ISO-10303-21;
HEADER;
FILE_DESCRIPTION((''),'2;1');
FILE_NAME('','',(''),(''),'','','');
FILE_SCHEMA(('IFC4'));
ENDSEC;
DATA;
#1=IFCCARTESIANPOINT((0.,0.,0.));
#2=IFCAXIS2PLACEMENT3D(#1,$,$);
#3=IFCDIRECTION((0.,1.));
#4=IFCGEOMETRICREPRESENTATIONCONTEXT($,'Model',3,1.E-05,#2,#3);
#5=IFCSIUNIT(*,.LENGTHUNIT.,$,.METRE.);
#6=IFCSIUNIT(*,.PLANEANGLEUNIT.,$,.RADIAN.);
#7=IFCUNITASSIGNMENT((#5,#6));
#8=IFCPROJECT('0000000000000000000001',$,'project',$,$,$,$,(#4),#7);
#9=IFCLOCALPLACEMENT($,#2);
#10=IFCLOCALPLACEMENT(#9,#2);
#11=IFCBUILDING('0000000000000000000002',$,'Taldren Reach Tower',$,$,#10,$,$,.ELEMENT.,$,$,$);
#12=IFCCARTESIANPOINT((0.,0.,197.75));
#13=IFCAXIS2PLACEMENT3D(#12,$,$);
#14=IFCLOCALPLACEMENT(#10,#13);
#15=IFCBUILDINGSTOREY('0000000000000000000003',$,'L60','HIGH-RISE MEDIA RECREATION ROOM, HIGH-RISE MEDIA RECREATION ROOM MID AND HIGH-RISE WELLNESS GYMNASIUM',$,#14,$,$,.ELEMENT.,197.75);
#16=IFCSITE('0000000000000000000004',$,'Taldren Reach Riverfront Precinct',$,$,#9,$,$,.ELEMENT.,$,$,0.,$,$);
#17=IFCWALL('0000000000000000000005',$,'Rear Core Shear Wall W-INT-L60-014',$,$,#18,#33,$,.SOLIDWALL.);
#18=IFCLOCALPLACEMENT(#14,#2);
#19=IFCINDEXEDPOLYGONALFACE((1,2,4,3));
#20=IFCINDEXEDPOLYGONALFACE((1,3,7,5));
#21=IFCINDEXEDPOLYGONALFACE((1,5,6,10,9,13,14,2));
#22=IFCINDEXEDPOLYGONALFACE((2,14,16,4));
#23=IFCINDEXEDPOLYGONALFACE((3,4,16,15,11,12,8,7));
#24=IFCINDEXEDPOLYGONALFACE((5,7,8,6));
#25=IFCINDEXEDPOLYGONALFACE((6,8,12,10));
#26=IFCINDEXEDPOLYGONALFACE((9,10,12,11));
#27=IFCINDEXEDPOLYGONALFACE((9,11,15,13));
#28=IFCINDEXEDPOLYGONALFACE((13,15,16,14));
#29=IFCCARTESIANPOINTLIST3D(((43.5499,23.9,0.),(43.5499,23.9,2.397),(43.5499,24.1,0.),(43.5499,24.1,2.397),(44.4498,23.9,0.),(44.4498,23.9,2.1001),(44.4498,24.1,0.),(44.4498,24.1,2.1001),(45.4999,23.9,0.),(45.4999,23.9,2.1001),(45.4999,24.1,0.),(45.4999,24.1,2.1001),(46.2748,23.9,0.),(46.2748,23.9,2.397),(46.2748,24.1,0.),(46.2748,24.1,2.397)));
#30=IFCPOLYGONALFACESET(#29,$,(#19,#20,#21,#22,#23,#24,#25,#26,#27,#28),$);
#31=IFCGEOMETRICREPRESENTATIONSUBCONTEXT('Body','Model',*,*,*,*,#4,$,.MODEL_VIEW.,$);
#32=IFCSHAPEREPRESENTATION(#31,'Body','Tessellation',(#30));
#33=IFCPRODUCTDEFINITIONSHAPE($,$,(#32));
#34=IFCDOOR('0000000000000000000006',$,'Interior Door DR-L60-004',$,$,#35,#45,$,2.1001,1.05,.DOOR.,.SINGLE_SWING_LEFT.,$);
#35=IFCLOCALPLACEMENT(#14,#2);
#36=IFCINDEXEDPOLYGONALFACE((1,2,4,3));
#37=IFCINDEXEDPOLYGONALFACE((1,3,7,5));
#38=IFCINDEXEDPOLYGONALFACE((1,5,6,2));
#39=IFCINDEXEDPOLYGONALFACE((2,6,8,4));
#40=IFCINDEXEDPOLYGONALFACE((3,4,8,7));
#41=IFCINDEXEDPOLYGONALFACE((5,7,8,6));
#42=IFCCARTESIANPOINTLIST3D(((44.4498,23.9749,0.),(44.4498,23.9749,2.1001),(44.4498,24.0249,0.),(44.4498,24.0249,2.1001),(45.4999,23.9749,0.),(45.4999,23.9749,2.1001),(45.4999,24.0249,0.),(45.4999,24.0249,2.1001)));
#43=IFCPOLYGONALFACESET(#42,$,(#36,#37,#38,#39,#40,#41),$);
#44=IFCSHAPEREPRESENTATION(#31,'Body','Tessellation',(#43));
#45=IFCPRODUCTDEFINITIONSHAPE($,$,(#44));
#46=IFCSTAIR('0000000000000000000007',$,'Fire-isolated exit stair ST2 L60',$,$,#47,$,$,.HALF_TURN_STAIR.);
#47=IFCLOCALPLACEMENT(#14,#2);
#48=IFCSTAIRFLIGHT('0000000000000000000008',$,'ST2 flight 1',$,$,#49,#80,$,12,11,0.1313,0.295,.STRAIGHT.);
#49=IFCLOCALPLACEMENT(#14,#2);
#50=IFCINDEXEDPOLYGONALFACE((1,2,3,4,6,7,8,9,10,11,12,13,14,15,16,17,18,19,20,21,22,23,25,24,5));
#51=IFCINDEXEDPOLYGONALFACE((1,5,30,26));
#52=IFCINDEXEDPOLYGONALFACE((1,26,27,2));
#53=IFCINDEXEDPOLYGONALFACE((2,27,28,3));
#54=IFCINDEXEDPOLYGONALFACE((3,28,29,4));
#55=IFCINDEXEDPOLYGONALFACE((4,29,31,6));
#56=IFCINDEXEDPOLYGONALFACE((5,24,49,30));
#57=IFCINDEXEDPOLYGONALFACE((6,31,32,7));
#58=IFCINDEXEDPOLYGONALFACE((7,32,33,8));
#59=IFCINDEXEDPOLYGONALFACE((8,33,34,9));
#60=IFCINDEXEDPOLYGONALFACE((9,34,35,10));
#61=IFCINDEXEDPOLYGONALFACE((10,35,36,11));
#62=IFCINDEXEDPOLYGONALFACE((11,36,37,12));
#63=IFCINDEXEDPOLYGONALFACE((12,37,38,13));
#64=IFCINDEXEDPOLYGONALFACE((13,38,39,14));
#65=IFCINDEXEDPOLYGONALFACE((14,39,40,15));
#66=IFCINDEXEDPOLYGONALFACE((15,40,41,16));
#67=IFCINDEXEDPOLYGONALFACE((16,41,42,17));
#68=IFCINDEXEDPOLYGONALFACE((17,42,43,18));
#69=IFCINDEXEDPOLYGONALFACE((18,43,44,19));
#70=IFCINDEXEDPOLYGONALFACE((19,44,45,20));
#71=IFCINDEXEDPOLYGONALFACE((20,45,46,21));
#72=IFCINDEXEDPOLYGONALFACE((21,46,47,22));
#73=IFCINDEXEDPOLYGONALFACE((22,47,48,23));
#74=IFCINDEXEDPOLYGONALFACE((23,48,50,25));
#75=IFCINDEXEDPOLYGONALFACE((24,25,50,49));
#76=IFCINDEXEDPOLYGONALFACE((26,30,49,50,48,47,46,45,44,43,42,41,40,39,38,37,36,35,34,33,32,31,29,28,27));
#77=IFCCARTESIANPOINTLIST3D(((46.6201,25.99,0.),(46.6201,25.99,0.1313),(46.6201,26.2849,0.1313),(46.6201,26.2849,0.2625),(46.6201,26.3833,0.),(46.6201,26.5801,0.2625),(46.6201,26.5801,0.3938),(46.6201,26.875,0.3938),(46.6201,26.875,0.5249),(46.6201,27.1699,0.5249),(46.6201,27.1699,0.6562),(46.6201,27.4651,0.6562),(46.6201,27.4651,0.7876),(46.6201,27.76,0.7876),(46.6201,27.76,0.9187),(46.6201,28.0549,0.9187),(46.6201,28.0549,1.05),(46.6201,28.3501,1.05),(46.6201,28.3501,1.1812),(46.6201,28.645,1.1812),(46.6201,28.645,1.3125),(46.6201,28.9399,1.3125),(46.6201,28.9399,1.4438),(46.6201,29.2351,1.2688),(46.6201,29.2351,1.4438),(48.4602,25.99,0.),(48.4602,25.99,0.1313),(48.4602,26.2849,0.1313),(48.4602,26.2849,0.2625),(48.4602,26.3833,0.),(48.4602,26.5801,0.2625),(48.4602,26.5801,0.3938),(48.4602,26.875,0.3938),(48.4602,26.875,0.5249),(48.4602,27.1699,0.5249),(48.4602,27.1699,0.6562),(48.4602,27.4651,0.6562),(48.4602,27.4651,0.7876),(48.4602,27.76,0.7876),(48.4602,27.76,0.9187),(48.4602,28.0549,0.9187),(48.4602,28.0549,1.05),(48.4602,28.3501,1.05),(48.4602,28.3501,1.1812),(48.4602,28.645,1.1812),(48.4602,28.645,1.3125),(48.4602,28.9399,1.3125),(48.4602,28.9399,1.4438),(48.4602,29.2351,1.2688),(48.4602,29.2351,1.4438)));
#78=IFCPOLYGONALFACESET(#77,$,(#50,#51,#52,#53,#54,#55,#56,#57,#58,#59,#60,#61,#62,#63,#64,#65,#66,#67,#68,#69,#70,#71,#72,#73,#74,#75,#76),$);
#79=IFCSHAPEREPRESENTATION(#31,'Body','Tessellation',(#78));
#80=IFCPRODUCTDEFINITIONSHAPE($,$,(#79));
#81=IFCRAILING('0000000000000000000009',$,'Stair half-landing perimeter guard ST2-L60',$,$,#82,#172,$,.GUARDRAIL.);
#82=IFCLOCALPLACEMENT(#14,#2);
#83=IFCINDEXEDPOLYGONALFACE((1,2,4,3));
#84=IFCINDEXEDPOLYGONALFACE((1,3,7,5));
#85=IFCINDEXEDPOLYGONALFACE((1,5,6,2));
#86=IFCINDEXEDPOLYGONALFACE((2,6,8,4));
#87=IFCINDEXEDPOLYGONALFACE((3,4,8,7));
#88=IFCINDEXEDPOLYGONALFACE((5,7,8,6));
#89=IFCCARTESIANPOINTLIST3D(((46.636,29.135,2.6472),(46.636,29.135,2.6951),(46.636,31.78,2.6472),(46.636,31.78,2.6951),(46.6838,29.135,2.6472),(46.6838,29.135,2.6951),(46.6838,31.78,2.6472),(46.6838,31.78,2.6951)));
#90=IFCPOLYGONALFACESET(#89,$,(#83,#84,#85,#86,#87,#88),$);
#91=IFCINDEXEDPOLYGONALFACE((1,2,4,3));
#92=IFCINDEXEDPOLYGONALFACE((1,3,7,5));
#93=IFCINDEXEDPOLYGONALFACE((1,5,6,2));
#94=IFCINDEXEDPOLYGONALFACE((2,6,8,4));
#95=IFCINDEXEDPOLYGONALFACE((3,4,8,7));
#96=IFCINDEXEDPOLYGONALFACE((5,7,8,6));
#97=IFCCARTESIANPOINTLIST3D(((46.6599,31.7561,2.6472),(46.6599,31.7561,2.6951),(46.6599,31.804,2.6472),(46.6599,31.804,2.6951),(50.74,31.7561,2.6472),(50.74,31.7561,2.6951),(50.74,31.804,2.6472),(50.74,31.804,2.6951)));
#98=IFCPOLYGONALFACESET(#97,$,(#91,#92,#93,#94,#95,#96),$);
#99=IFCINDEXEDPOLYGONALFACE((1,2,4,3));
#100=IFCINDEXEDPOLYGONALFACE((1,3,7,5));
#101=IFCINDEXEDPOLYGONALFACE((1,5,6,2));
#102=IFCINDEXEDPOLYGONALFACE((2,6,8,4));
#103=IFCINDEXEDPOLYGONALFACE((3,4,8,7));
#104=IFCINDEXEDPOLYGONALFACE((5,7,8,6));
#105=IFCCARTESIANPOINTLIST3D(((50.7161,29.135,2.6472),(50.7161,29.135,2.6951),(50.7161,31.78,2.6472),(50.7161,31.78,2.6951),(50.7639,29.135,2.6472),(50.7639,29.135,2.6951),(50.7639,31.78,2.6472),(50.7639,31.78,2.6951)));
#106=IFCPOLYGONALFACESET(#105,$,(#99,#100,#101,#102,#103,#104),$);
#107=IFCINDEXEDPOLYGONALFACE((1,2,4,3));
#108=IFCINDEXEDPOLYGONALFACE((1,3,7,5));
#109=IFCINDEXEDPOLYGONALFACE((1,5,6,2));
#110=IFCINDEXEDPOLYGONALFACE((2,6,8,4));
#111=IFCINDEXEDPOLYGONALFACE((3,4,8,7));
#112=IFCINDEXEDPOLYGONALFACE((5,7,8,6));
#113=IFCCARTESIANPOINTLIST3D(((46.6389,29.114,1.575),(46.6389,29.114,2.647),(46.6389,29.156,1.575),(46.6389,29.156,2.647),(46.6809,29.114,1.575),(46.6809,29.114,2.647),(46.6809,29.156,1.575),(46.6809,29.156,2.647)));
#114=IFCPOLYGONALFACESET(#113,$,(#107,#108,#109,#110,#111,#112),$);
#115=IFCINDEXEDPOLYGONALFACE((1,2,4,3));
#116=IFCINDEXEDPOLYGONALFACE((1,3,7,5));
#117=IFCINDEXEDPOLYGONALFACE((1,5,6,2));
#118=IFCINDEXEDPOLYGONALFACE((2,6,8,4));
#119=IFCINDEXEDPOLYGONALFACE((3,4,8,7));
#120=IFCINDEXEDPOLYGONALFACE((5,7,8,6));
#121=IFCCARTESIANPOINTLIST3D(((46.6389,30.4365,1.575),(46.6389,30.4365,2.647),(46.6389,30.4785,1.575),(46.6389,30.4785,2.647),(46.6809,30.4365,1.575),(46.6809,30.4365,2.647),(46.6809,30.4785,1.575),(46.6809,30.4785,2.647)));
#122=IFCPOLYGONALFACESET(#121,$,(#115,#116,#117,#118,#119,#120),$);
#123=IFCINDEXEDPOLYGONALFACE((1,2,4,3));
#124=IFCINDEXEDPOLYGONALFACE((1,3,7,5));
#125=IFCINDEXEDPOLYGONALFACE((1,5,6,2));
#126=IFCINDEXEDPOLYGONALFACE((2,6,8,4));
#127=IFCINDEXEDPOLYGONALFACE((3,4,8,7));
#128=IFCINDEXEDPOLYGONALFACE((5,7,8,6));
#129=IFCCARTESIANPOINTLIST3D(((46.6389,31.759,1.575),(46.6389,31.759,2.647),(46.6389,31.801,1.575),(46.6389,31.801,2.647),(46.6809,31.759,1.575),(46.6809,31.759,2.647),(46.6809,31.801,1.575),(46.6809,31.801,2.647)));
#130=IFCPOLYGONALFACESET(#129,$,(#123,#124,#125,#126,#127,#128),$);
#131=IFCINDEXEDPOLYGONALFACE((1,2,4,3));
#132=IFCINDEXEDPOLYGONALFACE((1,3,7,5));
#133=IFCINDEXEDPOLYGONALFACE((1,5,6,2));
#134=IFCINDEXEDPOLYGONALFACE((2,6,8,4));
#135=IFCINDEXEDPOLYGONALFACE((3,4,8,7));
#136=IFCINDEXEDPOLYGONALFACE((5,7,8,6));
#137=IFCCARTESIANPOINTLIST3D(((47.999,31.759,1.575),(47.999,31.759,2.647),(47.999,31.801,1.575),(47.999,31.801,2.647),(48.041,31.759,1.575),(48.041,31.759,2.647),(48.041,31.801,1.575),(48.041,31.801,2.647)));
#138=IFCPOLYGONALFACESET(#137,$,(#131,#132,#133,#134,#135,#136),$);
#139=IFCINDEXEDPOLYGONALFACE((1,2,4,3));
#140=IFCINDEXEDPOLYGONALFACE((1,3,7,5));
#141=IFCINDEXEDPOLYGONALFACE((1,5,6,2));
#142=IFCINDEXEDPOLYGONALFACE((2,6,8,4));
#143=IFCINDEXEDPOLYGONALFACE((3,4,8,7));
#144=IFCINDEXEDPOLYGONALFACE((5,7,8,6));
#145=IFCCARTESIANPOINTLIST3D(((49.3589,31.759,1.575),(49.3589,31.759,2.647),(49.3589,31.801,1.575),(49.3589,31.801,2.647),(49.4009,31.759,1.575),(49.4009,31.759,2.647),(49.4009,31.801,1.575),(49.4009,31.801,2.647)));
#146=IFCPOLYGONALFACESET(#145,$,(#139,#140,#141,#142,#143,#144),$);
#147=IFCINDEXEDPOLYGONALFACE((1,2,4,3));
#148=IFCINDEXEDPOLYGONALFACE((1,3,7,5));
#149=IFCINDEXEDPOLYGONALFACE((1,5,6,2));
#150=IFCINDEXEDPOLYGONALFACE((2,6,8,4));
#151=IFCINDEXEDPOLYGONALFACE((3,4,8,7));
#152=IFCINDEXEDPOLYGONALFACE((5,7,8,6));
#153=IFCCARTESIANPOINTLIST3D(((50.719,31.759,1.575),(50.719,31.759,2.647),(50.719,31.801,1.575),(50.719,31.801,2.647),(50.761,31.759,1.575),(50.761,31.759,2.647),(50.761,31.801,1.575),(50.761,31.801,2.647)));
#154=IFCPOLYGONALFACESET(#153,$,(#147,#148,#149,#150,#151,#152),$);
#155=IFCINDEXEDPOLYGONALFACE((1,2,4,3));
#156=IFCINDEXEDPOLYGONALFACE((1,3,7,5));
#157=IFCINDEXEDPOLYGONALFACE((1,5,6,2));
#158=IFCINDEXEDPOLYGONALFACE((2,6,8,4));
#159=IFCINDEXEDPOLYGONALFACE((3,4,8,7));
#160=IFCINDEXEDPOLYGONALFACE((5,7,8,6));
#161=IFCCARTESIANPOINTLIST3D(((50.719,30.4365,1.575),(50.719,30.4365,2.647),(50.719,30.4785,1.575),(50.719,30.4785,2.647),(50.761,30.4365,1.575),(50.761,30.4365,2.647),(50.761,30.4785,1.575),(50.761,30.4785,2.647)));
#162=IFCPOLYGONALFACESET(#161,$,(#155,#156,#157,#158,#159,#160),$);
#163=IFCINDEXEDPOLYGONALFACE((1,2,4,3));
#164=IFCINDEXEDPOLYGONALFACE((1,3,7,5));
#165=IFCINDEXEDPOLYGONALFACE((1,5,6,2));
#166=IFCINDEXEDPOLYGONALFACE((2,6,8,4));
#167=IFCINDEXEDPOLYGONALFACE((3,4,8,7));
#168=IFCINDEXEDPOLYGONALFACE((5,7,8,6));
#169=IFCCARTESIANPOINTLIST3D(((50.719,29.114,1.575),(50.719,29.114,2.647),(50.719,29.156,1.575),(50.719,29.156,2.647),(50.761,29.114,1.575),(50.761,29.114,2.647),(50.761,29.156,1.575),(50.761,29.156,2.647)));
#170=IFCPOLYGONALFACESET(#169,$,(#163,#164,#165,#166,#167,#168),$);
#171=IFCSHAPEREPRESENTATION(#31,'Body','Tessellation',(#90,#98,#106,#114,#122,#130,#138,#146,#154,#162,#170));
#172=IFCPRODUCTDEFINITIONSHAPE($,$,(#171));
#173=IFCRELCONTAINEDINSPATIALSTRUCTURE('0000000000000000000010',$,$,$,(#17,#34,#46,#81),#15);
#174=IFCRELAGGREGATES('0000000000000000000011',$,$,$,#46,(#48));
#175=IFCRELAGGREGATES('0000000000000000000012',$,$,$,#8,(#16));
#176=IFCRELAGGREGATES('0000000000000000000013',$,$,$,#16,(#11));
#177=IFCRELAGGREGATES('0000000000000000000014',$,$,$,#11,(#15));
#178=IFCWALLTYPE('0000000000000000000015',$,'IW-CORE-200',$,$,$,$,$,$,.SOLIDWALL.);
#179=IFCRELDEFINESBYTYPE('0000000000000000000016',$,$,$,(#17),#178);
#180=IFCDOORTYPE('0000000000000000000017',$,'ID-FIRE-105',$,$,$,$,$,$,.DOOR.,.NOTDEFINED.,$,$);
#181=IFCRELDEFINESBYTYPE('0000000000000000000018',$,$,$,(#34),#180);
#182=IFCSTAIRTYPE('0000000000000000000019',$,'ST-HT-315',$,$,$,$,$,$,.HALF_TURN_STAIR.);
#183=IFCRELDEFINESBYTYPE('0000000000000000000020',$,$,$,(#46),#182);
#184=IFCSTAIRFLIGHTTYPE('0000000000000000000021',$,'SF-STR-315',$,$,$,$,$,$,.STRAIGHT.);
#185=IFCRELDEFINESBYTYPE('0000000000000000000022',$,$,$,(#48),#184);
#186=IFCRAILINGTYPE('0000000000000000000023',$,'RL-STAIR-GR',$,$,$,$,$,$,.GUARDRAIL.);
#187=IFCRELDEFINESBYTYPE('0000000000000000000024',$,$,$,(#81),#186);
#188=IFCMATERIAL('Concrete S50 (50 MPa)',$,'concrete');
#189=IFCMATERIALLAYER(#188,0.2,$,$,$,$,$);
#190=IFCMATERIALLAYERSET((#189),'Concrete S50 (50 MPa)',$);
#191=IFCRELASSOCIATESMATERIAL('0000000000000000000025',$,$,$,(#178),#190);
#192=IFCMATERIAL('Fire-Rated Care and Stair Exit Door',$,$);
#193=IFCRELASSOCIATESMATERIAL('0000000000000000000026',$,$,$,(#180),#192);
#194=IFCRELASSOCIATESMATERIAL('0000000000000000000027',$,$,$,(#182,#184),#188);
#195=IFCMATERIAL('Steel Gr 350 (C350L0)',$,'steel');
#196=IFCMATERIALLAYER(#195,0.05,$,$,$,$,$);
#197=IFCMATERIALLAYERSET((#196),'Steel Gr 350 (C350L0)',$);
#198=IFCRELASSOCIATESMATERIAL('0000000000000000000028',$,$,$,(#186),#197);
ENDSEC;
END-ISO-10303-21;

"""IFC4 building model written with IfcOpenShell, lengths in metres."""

from ifc_helpers import new_model, si_unit, direction, frame, frame_2d, origin, origin_2d, place, context, subcontext, project, spatial, polyline, rectangle, outline, extrude, source, transform, mapped, material, layer, layer_set, type_object, element, fill, aggregate, save


model = new_model("IFC4")

# Units and contexts
model_context = context("Model", 3, precision=1e-05, world=origin(), true_north=direction((0.0, 1.0)))
body_context = subcontext(model_context, "Body", "Model", "MODEL_VIEW")
ifc_project = project(units=[si_unit("LENGTHUNIT", "METRE"), si_unit("PLANEANGLEUNIT", "RADIAN")], contexts=[model_context])

# Site, building, storey
site_placement = place(None, origin())
site = spatial("IfcSite", under=ifc_project, at=site_placement, Name="Taldren Reach Riverfront Precinct", CompositionType="ELEMENT", RefElevation=0.0)
building_placement = place(site_placement, origin())
building = spatial("IfcBuilding", under=site, at=building_placement, Name="Taldren Reach Tower", CompositionType="ELEMENT")
storey_placement = place(building_placement, frame((0.0, 0.0, 197.75)))
storey = spatial("IfcBuildingStorey", under=building, at=storey_placement, Name="L60", Description="HIGH-RISE MEDIA RECREATION ROOM, HIGH-RISE MEDIA RECREATION ROOM MID AND HIGH-RISE WELLNESS GYMNASIUM", CompositionType="ELEMENT", Elevation=197.75)

# Shared definitions
ifc_material_1 = material(Name="Steel Gr 350 (C350L0)", Category="steel")

# Shared definitions
ifc_material_2 = material(Name="Concrete S50 (50 MPa)", Category="concrete")
ifc_layer_1 = layer(ifc_material_2, 0.2)
ifc_layer_set_1 = layer_set([ifc_layer_1], Name="Concrete S50 (50 MPa)")
wall_type_1 = type_object("IfcWallType", Name="IW-CORE-200", PredefinedType="SOLIDWALL", material=ifc_layer_set_1)
shared_shape_1 = source(origin(), body_context, "Body", "SweptSolid", [
    extrude(rectangle(XDim=1.05, YDim=2.1001, at=frame_2d((0.5249, 1.05))), frame((0.0, 0.1099, 0.0), z_axis=(0.0, -1.0, 0.0), x_axis=(1.0, 0.0, 0.0)), (0.0, 0.0, 1.0), 0.22),
])
ifc_material_3 = material(Name="Fire-Rated Care and Stair Exit Door")
door_type_1 = type_object("IfcDoorType", Name="ID-FIRE-105", OperationType="NOTDEFINED", PredefinedType="DOOR", material=ifc_material_3)
shared_shape_2 = source(origin(), body_context, "Body", "SweptSolid", [
    extrude(rectangle(XDim=1.05, YDim=2.1001, at=frame_2d((0.5249, 1.05))), frame((0.0, 0.0249, 0.0), z_axis=(0.0, -1.0, 0.0), x_axis=(1.0, 0.0, 0.0)), (0.0, 0.0, 1.0), 0.05),
])

# Wall, opening, door
shared_shape_3 = source(origin(), body_context, "Body", "SweptSolid", [
    extrude(rectangle(XDim=2.7249, YDim=0.2, at=frame_2d((1.3623, 0.0))), origin(), (0.0, 0.0, 1.0), 2.397),
])
wall_1_placement = place(storey_placement, frame((43.55, 24.0, 0.0), z_axis=(0.0, 0.0, 1.0), x_axis=(1.0, 0.0, 0.0)))
wall_1 = element("IfcWall", 1, at=wall_1_placement, inside=storey, type_object=wall_type_1, Name="Rear Core Shear Wall W-INT-L60-014", PredefinedType="SOLIDWALL", context=body_context, shape_type="MappedRepresentation", body=[
    mapped(shared_shape_3, transform((0.0, 0.0, 0.0), scale=1.0)),
])
opening_1_placement = place(wall_1_placement, frame((0.8999, 0.0, 0.0)))
opening_1 = element("IfcOpeningElement", 2, at=opening_1_placement, cuts=wall_1, PredefinedType="OPENING", context=body_context, shape_type="MappedRepresentation", body=[
    mapped(shared_shape_1, transform((0.0, 0.0, 0.0), scale=1.0)),
])
door_1_placement = place(opening_1_placement, origin())
door_1 = element("IfcDoor", 3, at=door_1_placement, inside=storey, type_object=door_type_1, Name="Interior Door DR-L60-004", OperationType="SINGLE_SWING_LEFT", OverallHeight=2.1001, OverallWidth=1.05, PredefinedType="DOOR", context=body_context, shape_type="MappedRepresentation", body=[
    mapped(shared_shape_2, transform((0.0, 0.0, 0.0), scale=1.0)),
])
fill(opening_1, door_1)

# Stair, stair flight
stair_type = type_object("IfcStairType", Name="ST-HT-315", PredefinedType="HALF_TURN_STAIR", material=ifc_material_2)
stair_placement = place(storey_placement, origin())
stair = element("IfcStair", 4, at=stair_placement, inside=storey, type_object=stair_type, Name="Fire-isolated exit stair ST2 L60", PredefinedType="HALF_TURN_STAIR")
stair_flight_type = type_object("IfcStairFlightType", Name="SF-STR-315", PredefinedType="STRAIGHT", material=ifc_material_2)
stair_flight_placement = place(storey_placement, frame((47.54, 25.99, 0.0), z_axis=(0.0, 0.0, 1.0), x_axis=(0.0, 1.0, 0.0)))
stair_flight = element("IfcStairFlight", 5, at=stair_flight_placement, type_object=stair_flight_type, Name="ST2 flight 1", NumberOfRisers=12, NumberOfTreads=11, PredefinedType="STRAIGHT", RiserHeight=0.1313, TreadLength=0.295, context=body_context, shape_type="SweptSolid", body=[
    extrude(outline(polyline([(0.0, 0.0), (0.0, 0.1313), (0.2949, 0.1313), (0.2949, 0.2625), (0.5901, 0.2625), (0.5901, 0.3938), (0.885, 0.3938), (0.885, 0.5249), (1.1799, 0.5249), (1.1799, 0.6562), (1.4751, 0.6562), (1.4751, 0.7876), (1.77, 0.7876), (1.77, 0.9187), (2.0649, 0.9187), (2.0649, 1.05), (2.3601, 1.05), (2.3601, 1.1812), (2.655, 1.1812), (2.655, 1.3125), (2.95, 1.3125), (2.95, 1.4438), (3.2451, 1.4438), (3.2451, 1.575), (3.2451, 1.2688), (0.3933, 0.0), (0.0, 0.0)])), frame((0.0, 0.9199, 0.0), z_axis=(0.0, -1.0, 0.0), x_axis=(1.0, 0.0, 0.0)), (0.0, 0.0, 1.0), 1.8401),
])
aggregate(stair, [stair_flight])

# Railing
ifc_layer_2 = layer(ifc_material_1, 0.05)
ifc_layer_set_2 = layer_set([ifc_layer_2], Name="Steel Gr 350 (C350L0)")
railing_type_1 = type_object("IfcRailingType", Name="RL-STAIR-GR", PredefinedType="GUARDRAIL", material=ifc_layer_set_2)
railing_1_placement = place(storey_placement, frame((46.6599, 29.135, 1.575)))
element("IfcRailing", 6, at=railing_1_placement, inside=storey, type_object=railing_type_1, Name="Stair half-landing perimeter guard ST2-L60", PredefinedType="GUARDRAIL", context=body_context, shape_type="SweptSolid", body=[
    extrude(rectangle(XDim=0.0479, YDim=0.0479, at=origin_2d()), frame((0.0, 0.0, 1.0962), z_axis=(0.0, 1.0, 0.0), x_axis=(-1.0, 0.0, 0.0)), (0.0, 0.0, 1.0), 2.645),
    extrude(rectangle(XDim=0.0479, YDim=0.0479, at=origin_2d()), frame((0.0, 2.645, 1.0962), z_axis=(1.0, 0.0, 0.0), x_axis=(0.0, 1.0, 0.0)), (0.0, 0.0, 1.0), 4.0801),
    extrude(rectangle(XDim=0.0479, YDim=0.0479, at=origin_2d()), frame((4.0801, 2.645, 1.0962), z_axis=(0.0, -1.0, 0.0), x_axis=(1.0, 0.0, 0.0)), (0.0, 0.0, 1.0), 2.645),
    extrude(rectangle(XDim=0.042, YDim=0.042, at=origin_2d()), origin(), (0.0, 0.0, 1.0), 1.072),
    extrude(rectangle(XDim=0.042, YDim=0.042, at=origin_2d()), frame((0.0, 1.3225, 0.0)), (0.0, 0.0, 1.0), 1.072),
    extrude(rectangle(XDim=0.042, YDim=0.042, at=origin_2d()), frame((0.0, 2.645, 0.0)), (0.0, 0.0, 1.0), 1.072),
    extrude(rectangle(XDim=0.042, YDim=0.042, at=origin_2d()), frame((1.3601, 2.645, 0.0)), (0.0, 0.0, 1.0), 1.072),
    extrude(rectangle(XDim=0.042, YDim=0.042, at=origin_2d()), frame((2.72, 2.645, 0.0)), (0.0, 0.0, 1.0), 1.072),
    extrude(rectangle(XDim=0.042, YDim=0.042, at=origin_2d()), frame((4.0801, 2.645, 0.0)), (0.0, 0.0, 1.0), 1.072),
    extrude(rectangle(XDim=0.042, YDim=0.042, at=origin_2d()), frame((4.0801, 1.3225, 0.0)), (0.0, 0.0, 1.0), 1.072),
    extrude(rectangle(XDim=0.042, YDim=0.042, at=origin_2d()), frame((4.0801, 0.0, 0.0)), (0.0, 0.0, 1.0), 1.072),
])

save(model, "model.ifc")
